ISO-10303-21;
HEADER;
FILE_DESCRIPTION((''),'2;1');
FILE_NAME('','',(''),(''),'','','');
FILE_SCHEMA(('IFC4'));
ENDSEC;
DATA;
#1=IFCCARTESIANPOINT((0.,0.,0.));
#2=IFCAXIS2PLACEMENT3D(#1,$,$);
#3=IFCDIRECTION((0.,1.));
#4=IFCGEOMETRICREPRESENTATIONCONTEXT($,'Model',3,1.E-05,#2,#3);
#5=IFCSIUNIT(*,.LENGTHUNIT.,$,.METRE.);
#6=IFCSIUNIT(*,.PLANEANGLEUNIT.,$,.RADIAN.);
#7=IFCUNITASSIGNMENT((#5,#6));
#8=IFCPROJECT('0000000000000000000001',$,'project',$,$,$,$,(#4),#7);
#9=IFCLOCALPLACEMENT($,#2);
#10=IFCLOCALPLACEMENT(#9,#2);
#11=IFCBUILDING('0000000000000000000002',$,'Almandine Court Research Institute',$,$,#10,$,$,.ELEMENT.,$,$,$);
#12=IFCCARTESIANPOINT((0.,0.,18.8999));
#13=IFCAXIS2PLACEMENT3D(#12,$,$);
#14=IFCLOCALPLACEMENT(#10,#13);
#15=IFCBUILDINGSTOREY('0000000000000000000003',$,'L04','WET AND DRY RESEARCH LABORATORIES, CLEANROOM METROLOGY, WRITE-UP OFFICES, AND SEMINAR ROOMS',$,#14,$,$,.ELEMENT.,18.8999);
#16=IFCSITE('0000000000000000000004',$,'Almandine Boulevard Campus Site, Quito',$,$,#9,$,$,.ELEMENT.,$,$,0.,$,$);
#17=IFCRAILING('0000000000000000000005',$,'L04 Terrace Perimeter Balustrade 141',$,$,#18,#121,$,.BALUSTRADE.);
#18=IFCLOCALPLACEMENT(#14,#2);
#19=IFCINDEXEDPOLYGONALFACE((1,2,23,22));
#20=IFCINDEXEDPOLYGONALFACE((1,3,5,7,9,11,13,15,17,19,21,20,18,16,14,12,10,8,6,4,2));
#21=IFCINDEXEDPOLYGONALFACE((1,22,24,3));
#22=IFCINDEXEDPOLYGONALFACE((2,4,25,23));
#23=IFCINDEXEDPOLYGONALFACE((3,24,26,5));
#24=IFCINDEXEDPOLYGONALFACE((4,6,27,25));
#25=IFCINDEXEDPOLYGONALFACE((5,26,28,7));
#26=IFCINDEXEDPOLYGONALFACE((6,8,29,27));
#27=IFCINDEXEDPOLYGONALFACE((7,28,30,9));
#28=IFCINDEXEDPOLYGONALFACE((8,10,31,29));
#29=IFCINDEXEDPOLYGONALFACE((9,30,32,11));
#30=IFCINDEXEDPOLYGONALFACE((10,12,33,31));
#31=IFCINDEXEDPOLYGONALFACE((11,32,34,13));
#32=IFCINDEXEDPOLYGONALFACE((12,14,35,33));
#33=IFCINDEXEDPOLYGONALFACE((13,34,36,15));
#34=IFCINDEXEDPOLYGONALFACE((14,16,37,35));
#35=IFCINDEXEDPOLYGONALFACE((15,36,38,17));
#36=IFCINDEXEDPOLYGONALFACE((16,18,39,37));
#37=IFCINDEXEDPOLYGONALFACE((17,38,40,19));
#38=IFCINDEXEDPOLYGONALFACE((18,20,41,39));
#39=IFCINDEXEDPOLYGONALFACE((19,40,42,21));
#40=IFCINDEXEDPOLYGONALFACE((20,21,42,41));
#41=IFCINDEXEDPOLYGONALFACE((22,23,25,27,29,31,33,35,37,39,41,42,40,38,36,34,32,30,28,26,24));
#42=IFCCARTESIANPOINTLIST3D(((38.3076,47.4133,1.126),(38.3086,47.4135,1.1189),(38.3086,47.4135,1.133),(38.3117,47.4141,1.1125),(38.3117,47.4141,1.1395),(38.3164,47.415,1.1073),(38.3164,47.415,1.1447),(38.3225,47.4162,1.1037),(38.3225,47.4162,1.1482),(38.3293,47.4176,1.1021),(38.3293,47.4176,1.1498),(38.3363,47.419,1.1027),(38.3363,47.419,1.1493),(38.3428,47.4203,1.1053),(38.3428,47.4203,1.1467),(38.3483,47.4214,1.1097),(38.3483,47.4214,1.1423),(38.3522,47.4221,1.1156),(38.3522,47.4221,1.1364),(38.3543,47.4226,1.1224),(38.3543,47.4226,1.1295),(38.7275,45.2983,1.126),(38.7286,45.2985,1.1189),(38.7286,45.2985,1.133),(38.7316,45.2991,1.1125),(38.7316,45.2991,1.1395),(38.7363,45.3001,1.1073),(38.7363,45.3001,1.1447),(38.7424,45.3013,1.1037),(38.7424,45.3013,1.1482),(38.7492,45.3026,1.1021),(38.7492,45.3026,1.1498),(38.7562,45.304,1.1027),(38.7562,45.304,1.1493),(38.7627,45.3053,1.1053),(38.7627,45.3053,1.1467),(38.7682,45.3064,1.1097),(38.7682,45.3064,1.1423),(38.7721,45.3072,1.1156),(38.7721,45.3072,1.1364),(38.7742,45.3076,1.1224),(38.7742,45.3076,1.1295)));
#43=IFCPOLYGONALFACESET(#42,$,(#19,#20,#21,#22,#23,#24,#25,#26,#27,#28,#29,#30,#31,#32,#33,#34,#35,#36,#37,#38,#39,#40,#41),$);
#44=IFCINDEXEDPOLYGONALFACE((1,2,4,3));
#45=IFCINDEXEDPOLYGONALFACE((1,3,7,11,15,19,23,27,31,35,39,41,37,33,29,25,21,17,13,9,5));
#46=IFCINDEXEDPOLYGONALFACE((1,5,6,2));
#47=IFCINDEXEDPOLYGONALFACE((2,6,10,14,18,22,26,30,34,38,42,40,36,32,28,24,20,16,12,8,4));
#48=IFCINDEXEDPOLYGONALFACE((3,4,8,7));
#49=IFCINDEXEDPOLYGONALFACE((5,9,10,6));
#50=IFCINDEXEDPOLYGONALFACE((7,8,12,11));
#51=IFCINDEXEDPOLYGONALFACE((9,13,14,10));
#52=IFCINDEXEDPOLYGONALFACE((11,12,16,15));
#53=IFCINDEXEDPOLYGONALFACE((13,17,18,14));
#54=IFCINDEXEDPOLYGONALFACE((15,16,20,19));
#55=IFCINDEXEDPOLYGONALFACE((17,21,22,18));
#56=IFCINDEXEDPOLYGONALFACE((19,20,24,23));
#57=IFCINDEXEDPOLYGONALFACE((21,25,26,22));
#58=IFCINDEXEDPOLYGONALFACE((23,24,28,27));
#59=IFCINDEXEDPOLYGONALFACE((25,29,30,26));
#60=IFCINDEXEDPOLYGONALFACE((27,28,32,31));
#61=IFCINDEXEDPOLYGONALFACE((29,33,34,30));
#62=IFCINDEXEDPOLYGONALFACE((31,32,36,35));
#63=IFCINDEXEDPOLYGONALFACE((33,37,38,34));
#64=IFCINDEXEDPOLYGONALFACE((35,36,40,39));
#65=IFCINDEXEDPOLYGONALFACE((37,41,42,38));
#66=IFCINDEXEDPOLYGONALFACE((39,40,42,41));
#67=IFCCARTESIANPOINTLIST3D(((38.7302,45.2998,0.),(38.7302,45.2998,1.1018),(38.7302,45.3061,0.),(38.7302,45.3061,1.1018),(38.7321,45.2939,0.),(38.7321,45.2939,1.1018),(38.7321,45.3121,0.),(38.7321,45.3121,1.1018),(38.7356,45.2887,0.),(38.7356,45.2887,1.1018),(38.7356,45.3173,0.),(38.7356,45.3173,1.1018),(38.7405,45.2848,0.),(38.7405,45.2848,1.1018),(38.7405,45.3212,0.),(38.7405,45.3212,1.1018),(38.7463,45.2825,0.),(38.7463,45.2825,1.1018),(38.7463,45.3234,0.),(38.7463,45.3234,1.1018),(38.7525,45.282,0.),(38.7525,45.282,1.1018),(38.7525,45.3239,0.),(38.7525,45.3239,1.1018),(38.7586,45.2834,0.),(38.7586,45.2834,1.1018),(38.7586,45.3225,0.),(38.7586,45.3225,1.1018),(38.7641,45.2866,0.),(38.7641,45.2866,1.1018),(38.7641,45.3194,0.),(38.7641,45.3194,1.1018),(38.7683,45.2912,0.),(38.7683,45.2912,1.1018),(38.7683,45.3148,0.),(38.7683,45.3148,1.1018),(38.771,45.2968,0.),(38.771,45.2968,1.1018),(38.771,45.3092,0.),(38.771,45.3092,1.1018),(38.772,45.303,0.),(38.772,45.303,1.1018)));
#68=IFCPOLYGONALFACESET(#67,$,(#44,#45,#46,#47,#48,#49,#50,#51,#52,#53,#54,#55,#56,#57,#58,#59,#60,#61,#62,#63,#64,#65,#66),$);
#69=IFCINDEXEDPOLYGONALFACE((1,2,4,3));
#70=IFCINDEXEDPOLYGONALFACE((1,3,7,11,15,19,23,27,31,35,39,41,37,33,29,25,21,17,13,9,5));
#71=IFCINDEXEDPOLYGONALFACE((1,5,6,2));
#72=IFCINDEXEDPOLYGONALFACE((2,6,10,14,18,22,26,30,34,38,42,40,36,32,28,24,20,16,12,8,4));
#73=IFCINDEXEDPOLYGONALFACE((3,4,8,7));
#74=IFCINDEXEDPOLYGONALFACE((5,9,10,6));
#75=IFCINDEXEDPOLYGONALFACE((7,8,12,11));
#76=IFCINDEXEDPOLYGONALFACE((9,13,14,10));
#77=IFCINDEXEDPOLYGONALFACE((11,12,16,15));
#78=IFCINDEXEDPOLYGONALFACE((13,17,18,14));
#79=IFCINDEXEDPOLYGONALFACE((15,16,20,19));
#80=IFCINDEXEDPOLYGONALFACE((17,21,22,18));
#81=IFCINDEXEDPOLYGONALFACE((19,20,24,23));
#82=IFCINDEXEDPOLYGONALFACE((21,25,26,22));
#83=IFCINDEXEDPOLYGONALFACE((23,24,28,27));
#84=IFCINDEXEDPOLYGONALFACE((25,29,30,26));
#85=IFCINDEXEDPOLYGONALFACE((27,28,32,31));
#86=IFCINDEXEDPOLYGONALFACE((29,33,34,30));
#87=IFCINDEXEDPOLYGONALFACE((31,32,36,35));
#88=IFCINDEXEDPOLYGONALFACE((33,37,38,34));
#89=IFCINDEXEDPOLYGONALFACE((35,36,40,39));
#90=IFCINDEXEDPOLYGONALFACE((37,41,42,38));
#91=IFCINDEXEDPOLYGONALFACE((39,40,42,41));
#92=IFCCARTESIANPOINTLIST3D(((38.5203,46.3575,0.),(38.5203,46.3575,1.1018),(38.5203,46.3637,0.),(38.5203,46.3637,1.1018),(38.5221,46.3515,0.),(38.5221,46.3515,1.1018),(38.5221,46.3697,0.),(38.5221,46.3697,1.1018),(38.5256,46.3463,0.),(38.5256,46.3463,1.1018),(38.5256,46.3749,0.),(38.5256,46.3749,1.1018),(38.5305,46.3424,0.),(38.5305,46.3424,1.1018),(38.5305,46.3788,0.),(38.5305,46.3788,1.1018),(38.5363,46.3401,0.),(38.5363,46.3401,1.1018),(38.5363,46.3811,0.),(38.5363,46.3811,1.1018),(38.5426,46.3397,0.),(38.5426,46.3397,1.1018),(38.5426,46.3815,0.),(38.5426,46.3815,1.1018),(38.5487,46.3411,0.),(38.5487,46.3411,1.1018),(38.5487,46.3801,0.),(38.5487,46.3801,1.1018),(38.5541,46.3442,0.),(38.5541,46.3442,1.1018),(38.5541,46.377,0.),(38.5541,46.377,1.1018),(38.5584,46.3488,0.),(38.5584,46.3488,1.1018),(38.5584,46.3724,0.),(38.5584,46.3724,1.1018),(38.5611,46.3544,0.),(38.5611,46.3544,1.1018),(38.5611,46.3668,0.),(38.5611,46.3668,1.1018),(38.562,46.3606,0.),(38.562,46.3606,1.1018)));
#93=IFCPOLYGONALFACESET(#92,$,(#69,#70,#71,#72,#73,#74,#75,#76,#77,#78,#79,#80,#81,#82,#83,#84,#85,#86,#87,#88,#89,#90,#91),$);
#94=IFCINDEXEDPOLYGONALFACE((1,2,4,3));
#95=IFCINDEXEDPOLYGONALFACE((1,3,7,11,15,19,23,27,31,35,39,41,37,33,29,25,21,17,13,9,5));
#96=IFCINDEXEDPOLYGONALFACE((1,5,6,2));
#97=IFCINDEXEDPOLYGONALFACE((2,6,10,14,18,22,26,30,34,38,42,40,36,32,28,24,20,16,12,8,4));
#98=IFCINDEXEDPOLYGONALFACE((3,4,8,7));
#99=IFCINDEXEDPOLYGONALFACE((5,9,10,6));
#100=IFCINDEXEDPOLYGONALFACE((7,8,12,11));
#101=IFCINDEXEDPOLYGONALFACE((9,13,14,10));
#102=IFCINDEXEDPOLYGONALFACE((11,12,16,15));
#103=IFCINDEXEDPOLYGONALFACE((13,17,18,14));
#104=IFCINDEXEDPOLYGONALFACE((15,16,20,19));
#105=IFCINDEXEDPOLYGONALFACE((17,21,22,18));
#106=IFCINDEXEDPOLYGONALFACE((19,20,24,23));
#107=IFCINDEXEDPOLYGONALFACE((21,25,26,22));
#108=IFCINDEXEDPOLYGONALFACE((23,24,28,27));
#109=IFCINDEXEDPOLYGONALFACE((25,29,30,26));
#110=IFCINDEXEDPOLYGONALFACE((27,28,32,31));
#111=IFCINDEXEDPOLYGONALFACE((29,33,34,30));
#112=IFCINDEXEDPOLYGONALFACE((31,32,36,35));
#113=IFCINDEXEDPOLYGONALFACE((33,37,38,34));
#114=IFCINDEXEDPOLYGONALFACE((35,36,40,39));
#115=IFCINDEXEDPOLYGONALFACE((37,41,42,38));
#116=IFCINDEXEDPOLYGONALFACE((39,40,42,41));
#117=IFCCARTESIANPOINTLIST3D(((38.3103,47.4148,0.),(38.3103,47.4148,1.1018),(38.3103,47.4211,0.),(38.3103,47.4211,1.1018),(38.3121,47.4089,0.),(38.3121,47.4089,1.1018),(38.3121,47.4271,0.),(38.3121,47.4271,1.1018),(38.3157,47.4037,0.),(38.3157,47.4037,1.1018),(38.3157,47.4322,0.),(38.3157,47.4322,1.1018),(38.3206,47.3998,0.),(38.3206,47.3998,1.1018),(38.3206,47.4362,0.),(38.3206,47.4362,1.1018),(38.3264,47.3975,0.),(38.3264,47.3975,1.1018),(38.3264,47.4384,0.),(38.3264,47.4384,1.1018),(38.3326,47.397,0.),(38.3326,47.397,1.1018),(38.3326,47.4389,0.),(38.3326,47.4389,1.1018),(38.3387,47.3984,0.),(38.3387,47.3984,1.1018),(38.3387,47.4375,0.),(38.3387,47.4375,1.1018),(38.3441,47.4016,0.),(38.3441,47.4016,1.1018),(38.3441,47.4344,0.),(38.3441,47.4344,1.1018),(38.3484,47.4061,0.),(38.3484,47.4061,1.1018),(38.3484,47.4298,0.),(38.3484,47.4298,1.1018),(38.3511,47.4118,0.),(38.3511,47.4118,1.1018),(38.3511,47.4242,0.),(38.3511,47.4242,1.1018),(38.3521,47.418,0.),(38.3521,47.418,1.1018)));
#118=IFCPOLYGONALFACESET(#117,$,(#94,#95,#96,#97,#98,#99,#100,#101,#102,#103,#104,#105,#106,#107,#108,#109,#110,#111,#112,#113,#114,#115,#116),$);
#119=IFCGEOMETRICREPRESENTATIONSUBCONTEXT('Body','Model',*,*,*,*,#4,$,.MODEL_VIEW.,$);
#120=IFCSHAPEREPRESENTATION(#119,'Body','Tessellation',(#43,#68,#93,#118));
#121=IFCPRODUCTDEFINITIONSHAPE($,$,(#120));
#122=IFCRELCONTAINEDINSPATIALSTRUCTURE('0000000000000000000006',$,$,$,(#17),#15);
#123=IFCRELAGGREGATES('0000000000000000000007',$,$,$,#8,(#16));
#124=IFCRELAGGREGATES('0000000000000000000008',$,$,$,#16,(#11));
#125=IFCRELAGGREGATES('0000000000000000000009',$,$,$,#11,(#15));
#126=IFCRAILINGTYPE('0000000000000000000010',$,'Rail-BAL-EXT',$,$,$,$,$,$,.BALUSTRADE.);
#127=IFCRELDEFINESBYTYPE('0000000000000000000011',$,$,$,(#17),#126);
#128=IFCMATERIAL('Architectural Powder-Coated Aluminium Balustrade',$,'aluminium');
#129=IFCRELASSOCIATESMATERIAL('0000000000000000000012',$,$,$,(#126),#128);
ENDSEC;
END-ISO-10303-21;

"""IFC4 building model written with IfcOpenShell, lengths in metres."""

from ifc_helpers import new_model, si_unit, direction, frame, origin, origin_2d, place, context, subcontext, project, spatial, circle, extrude, material, type_object, element, save


model = new_model("IFC4")

# Units and contexts
model_context = context("Model", 3, precision=1e-05, world=origin(), true_north=direction((0.0, 1.0)))
body_context = subcontext(model_context, "Body", "Model", "MODEL_VIEW")
ifc_project = project(units=[si_unit("LENGTHUNIT", "METRE"), si_unit("PLANEANGLEUNIT", "RADIAN")], contexts=[model_context])

# Site, building, storey
site_placement = place(None, origin())
site = spatial("IfcSite", under=ifc_project, at=site_placement, Name="Almandine Boulevard Campus Site, Quito", CompositionType="ELEMENT", RefElevation=0.0)
building_placement = place(site_placement, origin())
building = spatial("IfcBuilding", under=site, at=building_placement, Name="Almandine Court Research Institute", CompositionType="ELEMENT")
storey_placement = place(building_placement, frame((0.0, 0.0, 18.8999)))
storey = spatial("IfcBuildingStorey", under=building, at=storey_placement, Name="L04", Description="WET AND DRY RESEARCH LABORATORIES, CLEANROOM METROLOGY, WRITE-UP OFFICES, AND SEMINAR ROOMS", CompositionType="ELEMENT", Elevation=18.8999)

# Railing
ifc_material_1 = material(Name="Architectural Powder-Coated Aluminium Balustrade", Category="aluminium")
railing_type = type_object("IfcRailingType", Name="Rail-BAL-EXT", PredefinedType="BALUSTRADE", material=ifc_material_1)
railing_1_placement = place(storey_placement, frame((38.751, 45.303, 0.0)))
element("IfcRailing", 1, at=railing_1_placement, inside=storey, type_object=railing_type, Name="L04 Terrace Perimeter Balustrade 141", PredefinedType="BALUSTRADE", context=body_context, shape_type="SweptSolid", body=[
    extrude(circle(Radius=0.0239, at=origin_2d()), frame((0.0, 0.0, 1.126), z_axis=(-0.194744, 0.980854, 0.0), x_axis=(-0.980854, -0.194744, 0.0)), (0.0, 0.0, 1.0), 2.1562),
    extrude(circle(Radius=0.021, at=origin_2d()), origin(), (0.0, 0.0, 1.0), 1.1018),
    extrude(circle(Radius=0.021, at=origin_2d()), frame((-0.21, 1.0576, 0.0)), (0.0, 0.0, 1.0), 1.1018),
    extrude(circle(Radius=0.021, at=origin_2d()), frame((-0.4199, 2.115, 0.0)), (0.0, 0.0, 1.0), 1.1018),
])

save(model, "model.ifc")
